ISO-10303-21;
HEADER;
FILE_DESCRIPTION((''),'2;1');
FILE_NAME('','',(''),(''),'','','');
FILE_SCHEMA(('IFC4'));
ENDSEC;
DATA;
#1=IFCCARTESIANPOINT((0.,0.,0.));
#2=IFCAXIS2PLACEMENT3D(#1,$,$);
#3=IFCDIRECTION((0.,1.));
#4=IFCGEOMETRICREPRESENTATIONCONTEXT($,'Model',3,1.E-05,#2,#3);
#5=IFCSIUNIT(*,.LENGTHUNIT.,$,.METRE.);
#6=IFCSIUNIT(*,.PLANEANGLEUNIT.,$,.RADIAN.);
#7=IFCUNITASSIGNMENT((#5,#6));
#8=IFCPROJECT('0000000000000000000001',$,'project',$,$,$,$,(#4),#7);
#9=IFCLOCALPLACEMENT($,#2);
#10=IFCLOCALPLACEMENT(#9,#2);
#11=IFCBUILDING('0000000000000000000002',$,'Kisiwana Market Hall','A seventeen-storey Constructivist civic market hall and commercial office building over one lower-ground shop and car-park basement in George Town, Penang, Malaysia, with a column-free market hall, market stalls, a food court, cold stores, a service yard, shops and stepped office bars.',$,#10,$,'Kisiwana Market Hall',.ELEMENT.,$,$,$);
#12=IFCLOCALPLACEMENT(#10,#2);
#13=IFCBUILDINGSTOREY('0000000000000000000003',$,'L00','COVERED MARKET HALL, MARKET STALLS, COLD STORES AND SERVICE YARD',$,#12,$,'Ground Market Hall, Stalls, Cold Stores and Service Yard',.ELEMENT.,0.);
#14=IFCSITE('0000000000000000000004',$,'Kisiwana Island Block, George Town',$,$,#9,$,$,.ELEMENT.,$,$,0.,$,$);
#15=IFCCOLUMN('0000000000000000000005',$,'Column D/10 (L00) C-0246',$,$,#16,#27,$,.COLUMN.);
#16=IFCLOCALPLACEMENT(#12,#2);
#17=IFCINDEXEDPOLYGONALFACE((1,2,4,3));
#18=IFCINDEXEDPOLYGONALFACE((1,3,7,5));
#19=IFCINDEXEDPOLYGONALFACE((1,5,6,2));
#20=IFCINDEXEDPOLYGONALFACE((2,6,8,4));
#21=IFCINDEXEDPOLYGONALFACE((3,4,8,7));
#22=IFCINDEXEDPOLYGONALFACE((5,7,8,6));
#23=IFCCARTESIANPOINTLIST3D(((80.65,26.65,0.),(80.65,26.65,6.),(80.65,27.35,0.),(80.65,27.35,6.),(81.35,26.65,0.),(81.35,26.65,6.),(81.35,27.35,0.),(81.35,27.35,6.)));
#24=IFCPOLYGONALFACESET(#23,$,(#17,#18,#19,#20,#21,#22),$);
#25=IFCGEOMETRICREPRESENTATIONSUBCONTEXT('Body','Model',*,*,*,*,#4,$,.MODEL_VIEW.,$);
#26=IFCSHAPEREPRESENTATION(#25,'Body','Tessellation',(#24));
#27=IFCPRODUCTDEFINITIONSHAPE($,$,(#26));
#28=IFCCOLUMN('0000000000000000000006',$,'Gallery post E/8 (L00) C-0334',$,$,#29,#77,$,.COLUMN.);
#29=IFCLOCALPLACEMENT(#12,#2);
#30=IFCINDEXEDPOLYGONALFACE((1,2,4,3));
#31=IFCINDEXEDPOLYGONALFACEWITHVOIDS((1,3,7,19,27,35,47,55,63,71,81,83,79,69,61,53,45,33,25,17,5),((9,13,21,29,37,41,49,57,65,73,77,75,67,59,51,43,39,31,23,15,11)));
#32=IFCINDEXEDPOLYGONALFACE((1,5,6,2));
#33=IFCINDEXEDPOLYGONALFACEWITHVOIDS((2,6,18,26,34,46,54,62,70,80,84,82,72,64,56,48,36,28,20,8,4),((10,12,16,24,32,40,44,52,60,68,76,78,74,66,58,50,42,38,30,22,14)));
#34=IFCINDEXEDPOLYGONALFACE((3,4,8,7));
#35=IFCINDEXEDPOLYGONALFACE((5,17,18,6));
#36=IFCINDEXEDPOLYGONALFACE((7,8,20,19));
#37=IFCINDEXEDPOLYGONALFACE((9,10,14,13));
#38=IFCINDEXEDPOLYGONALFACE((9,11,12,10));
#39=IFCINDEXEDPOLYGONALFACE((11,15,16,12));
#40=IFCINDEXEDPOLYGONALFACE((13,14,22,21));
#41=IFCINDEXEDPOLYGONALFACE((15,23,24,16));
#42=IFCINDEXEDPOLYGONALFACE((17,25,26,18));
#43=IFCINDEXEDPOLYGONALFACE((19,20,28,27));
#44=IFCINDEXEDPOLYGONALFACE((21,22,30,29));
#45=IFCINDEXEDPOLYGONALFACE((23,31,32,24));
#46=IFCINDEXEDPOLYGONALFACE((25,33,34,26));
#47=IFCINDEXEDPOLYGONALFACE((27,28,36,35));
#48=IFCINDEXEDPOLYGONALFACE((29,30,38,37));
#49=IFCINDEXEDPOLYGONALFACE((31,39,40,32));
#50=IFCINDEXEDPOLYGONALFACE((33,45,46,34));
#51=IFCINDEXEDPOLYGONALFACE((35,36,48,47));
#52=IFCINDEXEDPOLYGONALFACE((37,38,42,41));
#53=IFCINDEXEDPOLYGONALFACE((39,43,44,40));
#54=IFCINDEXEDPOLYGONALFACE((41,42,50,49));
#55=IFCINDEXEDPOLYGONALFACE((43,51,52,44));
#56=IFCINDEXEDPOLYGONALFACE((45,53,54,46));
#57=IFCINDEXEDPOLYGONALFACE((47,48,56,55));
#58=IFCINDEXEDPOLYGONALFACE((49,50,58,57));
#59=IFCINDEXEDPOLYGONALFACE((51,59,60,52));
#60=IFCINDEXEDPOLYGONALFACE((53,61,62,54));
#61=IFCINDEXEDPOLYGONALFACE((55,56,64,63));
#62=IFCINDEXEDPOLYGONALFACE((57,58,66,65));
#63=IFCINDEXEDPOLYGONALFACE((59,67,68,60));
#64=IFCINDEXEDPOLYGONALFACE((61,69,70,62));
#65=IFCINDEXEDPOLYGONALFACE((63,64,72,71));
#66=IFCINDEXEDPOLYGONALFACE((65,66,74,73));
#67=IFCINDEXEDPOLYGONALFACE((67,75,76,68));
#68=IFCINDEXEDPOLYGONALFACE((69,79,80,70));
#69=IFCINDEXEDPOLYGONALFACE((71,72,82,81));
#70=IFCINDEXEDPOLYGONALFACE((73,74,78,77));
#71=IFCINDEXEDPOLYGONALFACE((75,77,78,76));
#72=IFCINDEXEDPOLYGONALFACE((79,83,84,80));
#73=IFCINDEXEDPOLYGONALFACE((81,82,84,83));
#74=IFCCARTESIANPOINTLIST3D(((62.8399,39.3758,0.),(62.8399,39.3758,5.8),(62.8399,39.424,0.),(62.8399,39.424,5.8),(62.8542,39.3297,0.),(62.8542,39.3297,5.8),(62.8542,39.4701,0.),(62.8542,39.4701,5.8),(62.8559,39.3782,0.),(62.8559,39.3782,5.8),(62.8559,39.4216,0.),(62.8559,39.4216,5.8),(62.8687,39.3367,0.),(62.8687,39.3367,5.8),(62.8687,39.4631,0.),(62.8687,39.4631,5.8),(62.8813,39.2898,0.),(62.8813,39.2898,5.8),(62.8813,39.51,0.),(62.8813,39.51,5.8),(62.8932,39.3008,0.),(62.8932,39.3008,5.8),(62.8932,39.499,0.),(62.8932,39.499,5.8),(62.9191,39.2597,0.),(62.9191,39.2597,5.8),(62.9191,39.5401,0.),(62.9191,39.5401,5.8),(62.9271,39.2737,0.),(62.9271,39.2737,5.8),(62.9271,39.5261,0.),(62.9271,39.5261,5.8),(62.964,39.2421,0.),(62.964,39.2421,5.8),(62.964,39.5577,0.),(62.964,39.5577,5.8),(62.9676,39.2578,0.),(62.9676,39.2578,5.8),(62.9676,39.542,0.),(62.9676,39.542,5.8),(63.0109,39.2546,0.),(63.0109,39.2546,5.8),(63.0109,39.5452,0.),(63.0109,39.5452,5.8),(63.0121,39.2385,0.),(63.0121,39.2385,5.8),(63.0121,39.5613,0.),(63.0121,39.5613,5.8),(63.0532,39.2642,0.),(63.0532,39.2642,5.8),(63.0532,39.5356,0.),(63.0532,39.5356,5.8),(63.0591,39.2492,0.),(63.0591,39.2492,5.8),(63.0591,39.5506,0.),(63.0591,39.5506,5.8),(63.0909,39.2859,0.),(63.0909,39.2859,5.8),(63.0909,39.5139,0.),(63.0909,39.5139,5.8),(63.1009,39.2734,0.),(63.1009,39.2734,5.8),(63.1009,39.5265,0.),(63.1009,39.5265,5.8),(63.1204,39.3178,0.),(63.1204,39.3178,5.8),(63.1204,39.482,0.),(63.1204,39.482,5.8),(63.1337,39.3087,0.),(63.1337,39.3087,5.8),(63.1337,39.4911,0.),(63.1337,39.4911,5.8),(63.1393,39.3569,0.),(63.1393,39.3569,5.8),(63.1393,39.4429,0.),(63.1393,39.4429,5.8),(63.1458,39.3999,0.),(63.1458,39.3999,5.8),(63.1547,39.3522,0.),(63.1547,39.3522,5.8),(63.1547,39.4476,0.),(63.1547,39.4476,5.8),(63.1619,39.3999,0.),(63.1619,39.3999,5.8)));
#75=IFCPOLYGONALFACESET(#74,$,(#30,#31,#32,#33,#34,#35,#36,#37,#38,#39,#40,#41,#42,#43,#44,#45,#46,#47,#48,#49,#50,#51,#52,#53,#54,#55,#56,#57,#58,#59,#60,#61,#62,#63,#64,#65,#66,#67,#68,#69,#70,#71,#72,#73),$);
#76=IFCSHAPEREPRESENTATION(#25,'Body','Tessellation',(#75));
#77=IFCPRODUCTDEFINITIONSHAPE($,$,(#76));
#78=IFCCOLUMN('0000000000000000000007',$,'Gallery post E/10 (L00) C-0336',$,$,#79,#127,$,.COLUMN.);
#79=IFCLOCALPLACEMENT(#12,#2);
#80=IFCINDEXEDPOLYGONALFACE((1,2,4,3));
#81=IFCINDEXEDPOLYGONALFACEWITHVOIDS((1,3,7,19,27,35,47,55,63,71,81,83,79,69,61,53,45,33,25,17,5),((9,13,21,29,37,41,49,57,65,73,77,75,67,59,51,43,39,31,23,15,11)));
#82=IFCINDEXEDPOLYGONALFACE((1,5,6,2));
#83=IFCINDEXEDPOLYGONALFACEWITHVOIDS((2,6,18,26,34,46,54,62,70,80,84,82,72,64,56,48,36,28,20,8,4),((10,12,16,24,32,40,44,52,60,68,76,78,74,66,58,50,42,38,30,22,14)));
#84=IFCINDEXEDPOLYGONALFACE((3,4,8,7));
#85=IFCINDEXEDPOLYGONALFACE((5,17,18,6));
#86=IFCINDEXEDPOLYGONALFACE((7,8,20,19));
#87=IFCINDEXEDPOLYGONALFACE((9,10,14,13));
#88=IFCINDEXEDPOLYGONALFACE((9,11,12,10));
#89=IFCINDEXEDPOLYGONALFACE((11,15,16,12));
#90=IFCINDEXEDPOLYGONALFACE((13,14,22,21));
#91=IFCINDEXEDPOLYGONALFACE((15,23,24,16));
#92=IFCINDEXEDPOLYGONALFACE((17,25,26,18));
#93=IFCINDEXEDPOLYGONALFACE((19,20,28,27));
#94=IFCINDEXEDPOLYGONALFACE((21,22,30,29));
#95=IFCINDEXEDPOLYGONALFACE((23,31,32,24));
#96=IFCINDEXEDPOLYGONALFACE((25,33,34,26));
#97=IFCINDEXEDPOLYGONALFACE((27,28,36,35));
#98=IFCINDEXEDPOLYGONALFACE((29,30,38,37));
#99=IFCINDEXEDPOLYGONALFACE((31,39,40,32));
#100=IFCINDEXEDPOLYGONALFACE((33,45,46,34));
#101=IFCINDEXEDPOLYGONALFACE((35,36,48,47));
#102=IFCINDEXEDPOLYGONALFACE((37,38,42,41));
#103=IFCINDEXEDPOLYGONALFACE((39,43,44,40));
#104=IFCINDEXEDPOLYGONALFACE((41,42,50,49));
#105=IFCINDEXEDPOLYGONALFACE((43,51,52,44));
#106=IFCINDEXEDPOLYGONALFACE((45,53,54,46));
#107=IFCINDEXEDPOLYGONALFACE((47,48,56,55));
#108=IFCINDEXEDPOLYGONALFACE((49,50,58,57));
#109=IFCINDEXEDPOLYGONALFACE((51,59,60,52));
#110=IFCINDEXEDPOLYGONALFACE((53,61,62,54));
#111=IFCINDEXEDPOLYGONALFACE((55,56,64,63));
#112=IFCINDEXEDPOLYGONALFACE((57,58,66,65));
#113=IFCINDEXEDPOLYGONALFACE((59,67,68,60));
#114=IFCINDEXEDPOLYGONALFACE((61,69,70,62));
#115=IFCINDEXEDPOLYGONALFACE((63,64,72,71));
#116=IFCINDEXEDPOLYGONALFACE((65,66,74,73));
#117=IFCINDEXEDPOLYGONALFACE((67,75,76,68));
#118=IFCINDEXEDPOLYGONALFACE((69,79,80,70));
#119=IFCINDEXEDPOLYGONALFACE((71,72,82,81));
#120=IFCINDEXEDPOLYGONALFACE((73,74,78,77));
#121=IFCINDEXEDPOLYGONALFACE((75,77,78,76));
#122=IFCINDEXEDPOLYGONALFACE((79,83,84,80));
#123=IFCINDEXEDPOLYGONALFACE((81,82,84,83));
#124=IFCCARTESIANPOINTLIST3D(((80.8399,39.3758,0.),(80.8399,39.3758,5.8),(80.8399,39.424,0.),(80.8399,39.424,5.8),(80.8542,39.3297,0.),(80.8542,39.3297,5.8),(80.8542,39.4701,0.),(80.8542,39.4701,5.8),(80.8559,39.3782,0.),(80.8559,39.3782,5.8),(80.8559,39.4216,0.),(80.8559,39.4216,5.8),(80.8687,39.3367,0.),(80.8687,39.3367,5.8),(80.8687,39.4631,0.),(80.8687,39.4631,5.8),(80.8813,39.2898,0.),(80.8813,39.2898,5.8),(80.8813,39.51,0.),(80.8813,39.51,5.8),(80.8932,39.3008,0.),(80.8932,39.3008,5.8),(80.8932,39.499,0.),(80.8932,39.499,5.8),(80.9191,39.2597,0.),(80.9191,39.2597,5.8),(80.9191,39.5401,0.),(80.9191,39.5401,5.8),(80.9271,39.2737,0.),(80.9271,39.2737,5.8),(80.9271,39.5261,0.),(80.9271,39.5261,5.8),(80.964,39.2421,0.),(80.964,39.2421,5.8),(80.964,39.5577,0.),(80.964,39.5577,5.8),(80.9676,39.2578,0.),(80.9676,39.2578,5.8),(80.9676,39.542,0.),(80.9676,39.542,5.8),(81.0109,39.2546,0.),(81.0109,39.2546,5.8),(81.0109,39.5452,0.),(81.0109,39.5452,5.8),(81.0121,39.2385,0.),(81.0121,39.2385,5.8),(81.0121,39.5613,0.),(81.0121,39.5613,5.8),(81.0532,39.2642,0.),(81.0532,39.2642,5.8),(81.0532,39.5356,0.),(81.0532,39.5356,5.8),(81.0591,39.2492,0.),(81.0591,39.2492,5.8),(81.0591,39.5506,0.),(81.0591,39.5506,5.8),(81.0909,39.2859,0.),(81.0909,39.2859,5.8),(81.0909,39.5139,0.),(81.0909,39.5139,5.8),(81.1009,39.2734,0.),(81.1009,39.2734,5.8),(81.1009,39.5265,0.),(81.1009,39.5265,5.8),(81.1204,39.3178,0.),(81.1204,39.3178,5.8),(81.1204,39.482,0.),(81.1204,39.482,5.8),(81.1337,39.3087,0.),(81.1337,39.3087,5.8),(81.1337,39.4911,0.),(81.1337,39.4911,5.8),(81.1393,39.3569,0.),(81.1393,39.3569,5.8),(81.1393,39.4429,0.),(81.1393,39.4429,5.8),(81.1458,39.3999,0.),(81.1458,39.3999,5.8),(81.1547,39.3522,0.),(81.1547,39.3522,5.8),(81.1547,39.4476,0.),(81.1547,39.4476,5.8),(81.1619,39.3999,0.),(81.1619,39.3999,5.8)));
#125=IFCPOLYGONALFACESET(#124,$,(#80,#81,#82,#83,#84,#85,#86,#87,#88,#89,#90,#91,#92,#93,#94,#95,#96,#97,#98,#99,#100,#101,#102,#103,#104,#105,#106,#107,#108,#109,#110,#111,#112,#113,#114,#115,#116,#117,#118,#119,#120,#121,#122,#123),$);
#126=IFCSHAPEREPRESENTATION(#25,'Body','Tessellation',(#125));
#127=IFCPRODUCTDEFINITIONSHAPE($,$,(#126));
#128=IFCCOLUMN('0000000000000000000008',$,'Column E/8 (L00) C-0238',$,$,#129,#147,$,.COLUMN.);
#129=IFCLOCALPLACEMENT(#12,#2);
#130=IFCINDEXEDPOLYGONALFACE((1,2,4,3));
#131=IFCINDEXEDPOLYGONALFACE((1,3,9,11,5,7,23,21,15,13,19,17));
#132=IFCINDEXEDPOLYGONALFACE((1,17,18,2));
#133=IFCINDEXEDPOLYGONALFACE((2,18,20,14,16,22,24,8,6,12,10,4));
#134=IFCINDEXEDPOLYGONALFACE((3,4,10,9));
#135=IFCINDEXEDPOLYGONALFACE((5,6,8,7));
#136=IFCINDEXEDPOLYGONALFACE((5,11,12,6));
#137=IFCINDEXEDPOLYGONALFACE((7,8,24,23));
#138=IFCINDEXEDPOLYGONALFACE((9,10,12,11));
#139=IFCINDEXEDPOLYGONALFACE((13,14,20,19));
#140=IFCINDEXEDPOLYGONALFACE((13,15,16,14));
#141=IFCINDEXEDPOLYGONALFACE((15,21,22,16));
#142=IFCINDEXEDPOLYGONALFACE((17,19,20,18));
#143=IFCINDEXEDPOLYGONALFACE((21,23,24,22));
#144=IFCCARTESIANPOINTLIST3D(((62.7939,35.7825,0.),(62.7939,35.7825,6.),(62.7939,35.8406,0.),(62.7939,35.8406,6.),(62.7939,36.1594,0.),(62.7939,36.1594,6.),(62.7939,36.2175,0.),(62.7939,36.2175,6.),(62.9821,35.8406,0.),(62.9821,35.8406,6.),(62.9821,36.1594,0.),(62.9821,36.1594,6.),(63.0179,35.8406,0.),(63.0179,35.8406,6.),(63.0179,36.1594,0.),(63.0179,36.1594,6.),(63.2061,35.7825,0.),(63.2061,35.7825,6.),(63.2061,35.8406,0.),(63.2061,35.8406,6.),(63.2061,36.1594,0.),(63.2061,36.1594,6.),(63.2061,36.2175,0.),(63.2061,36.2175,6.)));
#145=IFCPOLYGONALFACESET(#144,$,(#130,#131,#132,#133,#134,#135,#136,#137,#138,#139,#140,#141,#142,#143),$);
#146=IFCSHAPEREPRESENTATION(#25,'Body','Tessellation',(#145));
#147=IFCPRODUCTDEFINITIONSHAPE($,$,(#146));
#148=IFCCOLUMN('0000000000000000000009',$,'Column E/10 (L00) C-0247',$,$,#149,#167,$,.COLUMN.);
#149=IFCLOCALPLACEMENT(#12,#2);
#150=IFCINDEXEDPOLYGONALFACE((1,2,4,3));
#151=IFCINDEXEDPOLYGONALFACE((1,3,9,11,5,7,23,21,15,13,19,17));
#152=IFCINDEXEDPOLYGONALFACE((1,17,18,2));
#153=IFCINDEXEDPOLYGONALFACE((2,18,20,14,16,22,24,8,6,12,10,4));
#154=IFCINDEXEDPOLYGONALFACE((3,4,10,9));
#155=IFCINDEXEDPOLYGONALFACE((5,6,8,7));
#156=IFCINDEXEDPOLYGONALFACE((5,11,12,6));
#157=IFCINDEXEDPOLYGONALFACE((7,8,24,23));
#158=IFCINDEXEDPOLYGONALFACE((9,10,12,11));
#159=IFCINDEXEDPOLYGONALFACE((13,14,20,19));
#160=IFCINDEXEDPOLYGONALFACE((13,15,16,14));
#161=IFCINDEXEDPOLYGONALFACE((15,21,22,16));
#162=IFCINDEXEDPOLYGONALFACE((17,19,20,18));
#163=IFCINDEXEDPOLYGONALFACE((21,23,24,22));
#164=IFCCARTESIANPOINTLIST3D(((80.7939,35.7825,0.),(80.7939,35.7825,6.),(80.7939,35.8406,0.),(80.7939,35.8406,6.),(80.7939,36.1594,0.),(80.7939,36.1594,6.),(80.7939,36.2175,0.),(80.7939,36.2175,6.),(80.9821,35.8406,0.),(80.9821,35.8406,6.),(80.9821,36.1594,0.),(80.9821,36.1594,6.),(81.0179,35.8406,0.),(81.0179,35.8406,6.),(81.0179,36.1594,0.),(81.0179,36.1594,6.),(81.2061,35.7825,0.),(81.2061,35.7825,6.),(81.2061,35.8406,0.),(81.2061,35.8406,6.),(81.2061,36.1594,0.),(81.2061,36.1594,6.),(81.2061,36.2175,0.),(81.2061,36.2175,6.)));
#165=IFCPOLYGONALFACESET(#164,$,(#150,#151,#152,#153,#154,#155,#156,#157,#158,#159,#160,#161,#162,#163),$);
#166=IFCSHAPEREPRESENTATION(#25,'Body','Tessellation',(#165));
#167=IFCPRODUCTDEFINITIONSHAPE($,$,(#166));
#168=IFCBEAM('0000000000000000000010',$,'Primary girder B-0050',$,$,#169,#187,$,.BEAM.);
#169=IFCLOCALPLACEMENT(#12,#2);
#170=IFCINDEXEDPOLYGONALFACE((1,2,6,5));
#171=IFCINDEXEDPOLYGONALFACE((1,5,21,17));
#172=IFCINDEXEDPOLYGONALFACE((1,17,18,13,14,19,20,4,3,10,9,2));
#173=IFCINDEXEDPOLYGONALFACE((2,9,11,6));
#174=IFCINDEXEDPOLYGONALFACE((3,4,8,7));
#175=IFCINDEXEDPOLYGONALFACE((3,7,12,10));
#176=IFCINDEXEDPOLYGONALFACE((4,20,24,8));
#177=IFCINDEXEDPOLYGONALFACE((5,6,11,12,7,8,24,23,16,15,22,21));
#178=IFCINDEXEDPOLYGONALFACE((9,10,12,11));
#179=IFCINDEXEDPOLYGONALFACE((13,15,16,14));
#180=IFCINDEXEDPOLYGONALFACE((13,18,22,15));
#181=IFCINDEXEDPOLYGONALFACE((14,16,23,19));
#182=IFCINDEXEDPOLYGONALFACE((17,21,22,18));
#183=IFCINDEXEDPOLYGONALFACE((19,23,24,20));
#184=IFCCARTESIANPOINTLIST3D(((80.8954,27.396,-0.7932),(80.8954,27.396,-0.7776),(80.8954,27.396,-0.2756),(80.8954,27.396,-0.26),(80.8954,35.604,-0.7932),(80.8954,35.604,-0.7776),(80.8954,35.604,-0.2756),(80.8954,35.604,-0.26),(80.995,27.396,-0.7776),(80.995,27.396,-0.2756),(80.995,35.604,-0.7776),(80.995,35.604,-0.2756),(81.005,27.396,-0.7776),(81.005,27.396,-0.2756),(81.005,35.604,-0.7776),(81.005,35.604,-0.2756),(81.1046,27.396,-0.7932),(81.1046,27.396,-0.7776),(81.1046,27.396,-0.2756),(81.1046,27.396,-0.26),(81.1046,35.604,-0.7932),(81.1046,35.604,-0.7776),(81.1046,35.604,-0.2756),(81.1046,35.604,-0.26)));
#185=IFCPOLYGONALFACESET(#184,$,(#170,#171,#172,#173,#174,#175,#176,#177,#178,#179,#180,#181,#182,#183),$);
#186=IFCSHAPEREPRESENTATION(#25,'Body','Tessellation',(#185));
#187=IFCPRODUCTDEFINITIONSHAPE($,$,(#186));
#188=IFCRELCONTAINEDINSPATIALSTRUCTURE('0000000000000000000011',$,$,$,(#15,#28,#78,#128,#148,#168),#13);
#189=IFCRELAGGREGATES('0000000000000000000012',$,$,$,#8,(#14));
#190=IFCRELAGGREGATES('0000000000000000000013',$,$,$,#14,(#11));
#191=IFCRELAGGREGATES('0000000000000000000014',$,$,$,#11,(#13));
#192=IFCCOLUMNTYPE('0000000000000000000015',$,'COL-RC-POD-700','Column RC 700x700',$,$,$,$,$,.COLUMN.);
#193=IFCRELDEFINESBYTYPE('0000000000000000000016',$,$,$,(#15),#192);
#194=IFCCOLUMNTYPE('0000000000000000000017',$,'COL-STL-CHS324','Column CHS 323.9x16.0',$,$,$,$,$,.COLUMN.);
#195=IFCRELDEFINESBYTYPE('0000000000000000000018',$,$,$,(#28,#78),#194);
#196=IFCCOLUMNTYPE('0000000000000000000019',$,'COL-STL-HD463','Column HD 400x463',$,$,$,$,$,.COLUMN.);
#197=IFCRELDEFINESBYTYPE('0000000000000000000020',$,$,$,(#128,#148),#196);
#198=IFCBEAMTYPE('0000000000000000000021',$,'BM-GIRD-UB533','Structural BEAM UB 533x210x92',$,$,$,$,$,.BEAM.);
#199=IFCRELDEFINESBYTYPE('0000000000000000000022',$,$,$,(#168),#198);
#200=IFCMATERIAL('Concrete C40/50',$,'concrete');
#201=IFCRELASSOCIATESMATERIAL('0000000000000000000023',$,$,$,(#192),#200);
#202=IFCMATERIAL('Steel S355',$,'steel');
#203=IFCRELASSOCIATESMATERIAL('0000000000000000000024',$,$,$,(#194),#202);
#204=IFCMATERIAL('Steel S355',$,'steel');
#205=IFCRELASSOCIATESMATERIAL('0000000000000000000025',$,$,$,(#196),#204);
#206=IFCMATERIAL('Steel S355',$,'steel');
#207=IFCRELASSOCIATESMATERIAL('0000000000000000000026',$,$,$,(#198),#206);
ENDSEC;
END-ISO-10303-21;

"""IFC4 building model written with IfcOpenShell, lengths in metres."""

from ifc_helpers import new_model, si_unit, direction, frame, origin, origin_2d, place, context, subcontext, project, spatial, rectangle, hollow_circle, i_section, extrude, material, material_profile, profile_set, type_object, element, save


model = new_model("IFC4")

# Units and contexts
model_context = context("Model", 3, precision=1e-05, world=origin(), true_north=direction((0.0, 1.0)))
body_context = subcontext(model_context, "Body", "Model", "MODEL_VIEW")
ifc_project = project(units=[si_unit("LENGTHUNIT", "METRE"), si_unit("PLANEANGLEUNIT", "RADIAN")], contexts=[model_context])

# Site, building, storey
site_placement = place(None, origin())
site = spatial("IfcSite", under=ifc_project, at=site_placement, Name="Kisiwana Island Block, George Town", CompositionType="ELEMENT", RefElevation=0.0)
building_placement = place(site_placement, origin())
building = spatial("IfcBuilding", under=site, at=building_placement, Name="Kisiwana Market Hall", Description="A seventeen-storey Constructivist civic market hall and commercial office building over one lower-ground shop and car-park basement in George Town, Penang, Malaysia, with a column-free market hall, market stalls, a food court, cold stores, a service yard, shops and stepped office bars.", LongName="Kisiwana Market Hall", CompositionType="ELEMENT")
storey_placement = place(building_placement, origin())
storey = spatial("IfcBuildingStorey", under=building, at=storey_placement, Name="L00", Description="COVERED MARKET HALL, MARKET STALLS, COLD STORES AND SERVICE YARD", LongName="Ground Market Hall, Stalls, Cold Stores and Service Yard", CompositionType="ELEMENT", Elevation=0.0)

# Columns
ifc_material_1 = material(Name="Concrete C40/50", Category="concrete")
ifc_material_profile_1 = material_profile(ifc_material_1, rectangle(XDim=0.7, YDim=0.7, at=origin_2d()), Name="RC 700x700")
ifc_profile_set_1 = profile_set([ifc_material_profile_1], Name="Concrete C40/50")
column_type_1 = type_object("IfcColumnType", Name="COL-RC-POD-700", Description="Column RC 700x700", PredefinedType="COLUMN", material=ifc_profile_set_1)
column_placement = place(storey_placement, frame((81.0, 27.0, 0.0), z_axis=(0.0, 0.0, 1.0), x_axis=(1.0, 0.0, 0.0)))
element("IfcColumn", 1, at=column_placement, inside=storey, type_object=column_type_1, Name="Column D/10 (L00) C-0246", PredefinedType="COLUMN", context=body_context, shape_type="SweptSolid", body=[
    extrude(rectangle(XDim=0.7, YDim=0.7, at=origin_2d()), origin(), (0.0, 0.0, 1.0), 6.0),
])
ifc_material_2 = material(Name="Steel S355", Category="steel")
ifc_material_profile_2 = material_profile(ifc_material_2, hollow_circle(Radius=0.1619, WallThickness=0.0161, at=origin_2d()), Name="CHS 323.9x16.0")
ifc_profile_set_2 = profile_set([ifc_material_profile_2], Name="Steel S355")
column_type_2 = type_object("IfcColumnType", Name="COL-STL-CHS324", Description="Column CHS 323.9x16.0", PredefinedType="COLUMN", material=ifc_profile_set_2)
for number, where, z_axis, x_axis, name in (
    (2, (63.0, 39.3999, 0.0), (0.0, 0.0, 1.0), (1.0, 0.0, 0.0), "Gallery post E/8 (L00) C-0334"),
    (3, (81.0, 39.3999, 0.0), (0.0, 0.0, 1.0), (1.0, 0.0, 0.0), "Gallery post E/10 (L00) C-0336"),
):
    element("IfcColumn", number, at=place(storey_placement, frame(where, z_axis=z_axis, x_axis=x_axis)), inside=storey, type_object=column_type_2, Name=name, PredefinedType="COLUMN", context=body_context, shape_type="SweptSolid", body=[
        extrude(hollow_circle(Radius=0.1619, WallThickness=0.0161, at=origin_2d()), origin(), (0.0, 0.0, 1.0), 5.8),
    ])
ifc_material_3 = material(Name="Steel S355", Category="steel")
ifc_material_profile_3 = material_profile(ifc_material_3, i_section(OverallWidth=0.4121, OverallDepth=0.4351, WebThickness=0.0359, FlangeThickness=0.0581, at=origin_2d()), Name="HD 400x463")
ifc_profile_set_3 = profile_set([ifc_material_profile_3], Name="Steel S355")
column_type_3 = type_object("IfcColumnType", Name="COL-STL-HD463", Description="Column HD 400x463", PredefinedType="COLUMN", material=ifc_profile_set_3)
for number, where, z_axis, x_axis, name in (
    (4, (63.0, 36.0, 0.0), (0.0, 0.0, 1.0), (1.0, 0.0, 0.0), "Column E/8 (L00) C-0238"),
    (5, (81.0, 36.0, 0.0), (0.0, 0.0, 1.0), (1.0, 0.0, 0.0), "Column E/10 (L00) C-0247"),
):
    element("IfcColumn", number, at=place(storey_placement, frame(where, z_axis=z_axis, x_axis=x_axis)), inside=storey, type_object=column_type_3, Name=name, PredefinedType="COLUMN", context=body_context, shape_type="SweptSolid", body=[
        extrude(i_section(OverallWidth=0.4121, OverallDepth=0.4351, WebThickness=0.0359, FlangeThickness=0.0581, at=origin_2d()), origin(), (0.0, 0.0, 1.0), 6.0),
    ])

# Beam
ifc_material_4 = material(Name="Steel S355", Category="steel")
ifc_material_profile_4 = material_profile(ifc_material_4, i_section(OverallWidth=0.2092, OverallDepth=0.5332, WebThickness=0.01, FlangeThickness=0.0156, at=origin_2d()), Name="UB 533x210x92")
ifc_profile_set_4 = profile_set([ifc_material_profile_4], Name="Steel S355")
beam_type_1 = type_object("IfcBeamType", Name="BM-GIRD-UB533", Description="Structural BEAM UB 533x210x92", PredefinedType="BEAM", material=ifc_profile_set_4)
beam_1_placement = place(storey_placement, frame((81.0, 27.396, -0.5266), z_axis=(0.0, 1.0, 0.0), x_axis=(-1.0, 0.0, 0.0)))
element("IfcBeam", 6, at=beam_1_placement, inside=storey, type_object=beam_type_1, Name="Primary girder B-0050", PredefinedType="BEAM", context=body_context, shape_type="SweptSolid", body=[
    extrude(i_section(OverallWidth=0.2092, OverallDepth=0.5332, WebThickness=0.01, FlangeThickness=0.0156, at=origin_2d()), origin(), (0.0, 0.0, 1.0), 8.208),
])

save(model, "model.ifc")
